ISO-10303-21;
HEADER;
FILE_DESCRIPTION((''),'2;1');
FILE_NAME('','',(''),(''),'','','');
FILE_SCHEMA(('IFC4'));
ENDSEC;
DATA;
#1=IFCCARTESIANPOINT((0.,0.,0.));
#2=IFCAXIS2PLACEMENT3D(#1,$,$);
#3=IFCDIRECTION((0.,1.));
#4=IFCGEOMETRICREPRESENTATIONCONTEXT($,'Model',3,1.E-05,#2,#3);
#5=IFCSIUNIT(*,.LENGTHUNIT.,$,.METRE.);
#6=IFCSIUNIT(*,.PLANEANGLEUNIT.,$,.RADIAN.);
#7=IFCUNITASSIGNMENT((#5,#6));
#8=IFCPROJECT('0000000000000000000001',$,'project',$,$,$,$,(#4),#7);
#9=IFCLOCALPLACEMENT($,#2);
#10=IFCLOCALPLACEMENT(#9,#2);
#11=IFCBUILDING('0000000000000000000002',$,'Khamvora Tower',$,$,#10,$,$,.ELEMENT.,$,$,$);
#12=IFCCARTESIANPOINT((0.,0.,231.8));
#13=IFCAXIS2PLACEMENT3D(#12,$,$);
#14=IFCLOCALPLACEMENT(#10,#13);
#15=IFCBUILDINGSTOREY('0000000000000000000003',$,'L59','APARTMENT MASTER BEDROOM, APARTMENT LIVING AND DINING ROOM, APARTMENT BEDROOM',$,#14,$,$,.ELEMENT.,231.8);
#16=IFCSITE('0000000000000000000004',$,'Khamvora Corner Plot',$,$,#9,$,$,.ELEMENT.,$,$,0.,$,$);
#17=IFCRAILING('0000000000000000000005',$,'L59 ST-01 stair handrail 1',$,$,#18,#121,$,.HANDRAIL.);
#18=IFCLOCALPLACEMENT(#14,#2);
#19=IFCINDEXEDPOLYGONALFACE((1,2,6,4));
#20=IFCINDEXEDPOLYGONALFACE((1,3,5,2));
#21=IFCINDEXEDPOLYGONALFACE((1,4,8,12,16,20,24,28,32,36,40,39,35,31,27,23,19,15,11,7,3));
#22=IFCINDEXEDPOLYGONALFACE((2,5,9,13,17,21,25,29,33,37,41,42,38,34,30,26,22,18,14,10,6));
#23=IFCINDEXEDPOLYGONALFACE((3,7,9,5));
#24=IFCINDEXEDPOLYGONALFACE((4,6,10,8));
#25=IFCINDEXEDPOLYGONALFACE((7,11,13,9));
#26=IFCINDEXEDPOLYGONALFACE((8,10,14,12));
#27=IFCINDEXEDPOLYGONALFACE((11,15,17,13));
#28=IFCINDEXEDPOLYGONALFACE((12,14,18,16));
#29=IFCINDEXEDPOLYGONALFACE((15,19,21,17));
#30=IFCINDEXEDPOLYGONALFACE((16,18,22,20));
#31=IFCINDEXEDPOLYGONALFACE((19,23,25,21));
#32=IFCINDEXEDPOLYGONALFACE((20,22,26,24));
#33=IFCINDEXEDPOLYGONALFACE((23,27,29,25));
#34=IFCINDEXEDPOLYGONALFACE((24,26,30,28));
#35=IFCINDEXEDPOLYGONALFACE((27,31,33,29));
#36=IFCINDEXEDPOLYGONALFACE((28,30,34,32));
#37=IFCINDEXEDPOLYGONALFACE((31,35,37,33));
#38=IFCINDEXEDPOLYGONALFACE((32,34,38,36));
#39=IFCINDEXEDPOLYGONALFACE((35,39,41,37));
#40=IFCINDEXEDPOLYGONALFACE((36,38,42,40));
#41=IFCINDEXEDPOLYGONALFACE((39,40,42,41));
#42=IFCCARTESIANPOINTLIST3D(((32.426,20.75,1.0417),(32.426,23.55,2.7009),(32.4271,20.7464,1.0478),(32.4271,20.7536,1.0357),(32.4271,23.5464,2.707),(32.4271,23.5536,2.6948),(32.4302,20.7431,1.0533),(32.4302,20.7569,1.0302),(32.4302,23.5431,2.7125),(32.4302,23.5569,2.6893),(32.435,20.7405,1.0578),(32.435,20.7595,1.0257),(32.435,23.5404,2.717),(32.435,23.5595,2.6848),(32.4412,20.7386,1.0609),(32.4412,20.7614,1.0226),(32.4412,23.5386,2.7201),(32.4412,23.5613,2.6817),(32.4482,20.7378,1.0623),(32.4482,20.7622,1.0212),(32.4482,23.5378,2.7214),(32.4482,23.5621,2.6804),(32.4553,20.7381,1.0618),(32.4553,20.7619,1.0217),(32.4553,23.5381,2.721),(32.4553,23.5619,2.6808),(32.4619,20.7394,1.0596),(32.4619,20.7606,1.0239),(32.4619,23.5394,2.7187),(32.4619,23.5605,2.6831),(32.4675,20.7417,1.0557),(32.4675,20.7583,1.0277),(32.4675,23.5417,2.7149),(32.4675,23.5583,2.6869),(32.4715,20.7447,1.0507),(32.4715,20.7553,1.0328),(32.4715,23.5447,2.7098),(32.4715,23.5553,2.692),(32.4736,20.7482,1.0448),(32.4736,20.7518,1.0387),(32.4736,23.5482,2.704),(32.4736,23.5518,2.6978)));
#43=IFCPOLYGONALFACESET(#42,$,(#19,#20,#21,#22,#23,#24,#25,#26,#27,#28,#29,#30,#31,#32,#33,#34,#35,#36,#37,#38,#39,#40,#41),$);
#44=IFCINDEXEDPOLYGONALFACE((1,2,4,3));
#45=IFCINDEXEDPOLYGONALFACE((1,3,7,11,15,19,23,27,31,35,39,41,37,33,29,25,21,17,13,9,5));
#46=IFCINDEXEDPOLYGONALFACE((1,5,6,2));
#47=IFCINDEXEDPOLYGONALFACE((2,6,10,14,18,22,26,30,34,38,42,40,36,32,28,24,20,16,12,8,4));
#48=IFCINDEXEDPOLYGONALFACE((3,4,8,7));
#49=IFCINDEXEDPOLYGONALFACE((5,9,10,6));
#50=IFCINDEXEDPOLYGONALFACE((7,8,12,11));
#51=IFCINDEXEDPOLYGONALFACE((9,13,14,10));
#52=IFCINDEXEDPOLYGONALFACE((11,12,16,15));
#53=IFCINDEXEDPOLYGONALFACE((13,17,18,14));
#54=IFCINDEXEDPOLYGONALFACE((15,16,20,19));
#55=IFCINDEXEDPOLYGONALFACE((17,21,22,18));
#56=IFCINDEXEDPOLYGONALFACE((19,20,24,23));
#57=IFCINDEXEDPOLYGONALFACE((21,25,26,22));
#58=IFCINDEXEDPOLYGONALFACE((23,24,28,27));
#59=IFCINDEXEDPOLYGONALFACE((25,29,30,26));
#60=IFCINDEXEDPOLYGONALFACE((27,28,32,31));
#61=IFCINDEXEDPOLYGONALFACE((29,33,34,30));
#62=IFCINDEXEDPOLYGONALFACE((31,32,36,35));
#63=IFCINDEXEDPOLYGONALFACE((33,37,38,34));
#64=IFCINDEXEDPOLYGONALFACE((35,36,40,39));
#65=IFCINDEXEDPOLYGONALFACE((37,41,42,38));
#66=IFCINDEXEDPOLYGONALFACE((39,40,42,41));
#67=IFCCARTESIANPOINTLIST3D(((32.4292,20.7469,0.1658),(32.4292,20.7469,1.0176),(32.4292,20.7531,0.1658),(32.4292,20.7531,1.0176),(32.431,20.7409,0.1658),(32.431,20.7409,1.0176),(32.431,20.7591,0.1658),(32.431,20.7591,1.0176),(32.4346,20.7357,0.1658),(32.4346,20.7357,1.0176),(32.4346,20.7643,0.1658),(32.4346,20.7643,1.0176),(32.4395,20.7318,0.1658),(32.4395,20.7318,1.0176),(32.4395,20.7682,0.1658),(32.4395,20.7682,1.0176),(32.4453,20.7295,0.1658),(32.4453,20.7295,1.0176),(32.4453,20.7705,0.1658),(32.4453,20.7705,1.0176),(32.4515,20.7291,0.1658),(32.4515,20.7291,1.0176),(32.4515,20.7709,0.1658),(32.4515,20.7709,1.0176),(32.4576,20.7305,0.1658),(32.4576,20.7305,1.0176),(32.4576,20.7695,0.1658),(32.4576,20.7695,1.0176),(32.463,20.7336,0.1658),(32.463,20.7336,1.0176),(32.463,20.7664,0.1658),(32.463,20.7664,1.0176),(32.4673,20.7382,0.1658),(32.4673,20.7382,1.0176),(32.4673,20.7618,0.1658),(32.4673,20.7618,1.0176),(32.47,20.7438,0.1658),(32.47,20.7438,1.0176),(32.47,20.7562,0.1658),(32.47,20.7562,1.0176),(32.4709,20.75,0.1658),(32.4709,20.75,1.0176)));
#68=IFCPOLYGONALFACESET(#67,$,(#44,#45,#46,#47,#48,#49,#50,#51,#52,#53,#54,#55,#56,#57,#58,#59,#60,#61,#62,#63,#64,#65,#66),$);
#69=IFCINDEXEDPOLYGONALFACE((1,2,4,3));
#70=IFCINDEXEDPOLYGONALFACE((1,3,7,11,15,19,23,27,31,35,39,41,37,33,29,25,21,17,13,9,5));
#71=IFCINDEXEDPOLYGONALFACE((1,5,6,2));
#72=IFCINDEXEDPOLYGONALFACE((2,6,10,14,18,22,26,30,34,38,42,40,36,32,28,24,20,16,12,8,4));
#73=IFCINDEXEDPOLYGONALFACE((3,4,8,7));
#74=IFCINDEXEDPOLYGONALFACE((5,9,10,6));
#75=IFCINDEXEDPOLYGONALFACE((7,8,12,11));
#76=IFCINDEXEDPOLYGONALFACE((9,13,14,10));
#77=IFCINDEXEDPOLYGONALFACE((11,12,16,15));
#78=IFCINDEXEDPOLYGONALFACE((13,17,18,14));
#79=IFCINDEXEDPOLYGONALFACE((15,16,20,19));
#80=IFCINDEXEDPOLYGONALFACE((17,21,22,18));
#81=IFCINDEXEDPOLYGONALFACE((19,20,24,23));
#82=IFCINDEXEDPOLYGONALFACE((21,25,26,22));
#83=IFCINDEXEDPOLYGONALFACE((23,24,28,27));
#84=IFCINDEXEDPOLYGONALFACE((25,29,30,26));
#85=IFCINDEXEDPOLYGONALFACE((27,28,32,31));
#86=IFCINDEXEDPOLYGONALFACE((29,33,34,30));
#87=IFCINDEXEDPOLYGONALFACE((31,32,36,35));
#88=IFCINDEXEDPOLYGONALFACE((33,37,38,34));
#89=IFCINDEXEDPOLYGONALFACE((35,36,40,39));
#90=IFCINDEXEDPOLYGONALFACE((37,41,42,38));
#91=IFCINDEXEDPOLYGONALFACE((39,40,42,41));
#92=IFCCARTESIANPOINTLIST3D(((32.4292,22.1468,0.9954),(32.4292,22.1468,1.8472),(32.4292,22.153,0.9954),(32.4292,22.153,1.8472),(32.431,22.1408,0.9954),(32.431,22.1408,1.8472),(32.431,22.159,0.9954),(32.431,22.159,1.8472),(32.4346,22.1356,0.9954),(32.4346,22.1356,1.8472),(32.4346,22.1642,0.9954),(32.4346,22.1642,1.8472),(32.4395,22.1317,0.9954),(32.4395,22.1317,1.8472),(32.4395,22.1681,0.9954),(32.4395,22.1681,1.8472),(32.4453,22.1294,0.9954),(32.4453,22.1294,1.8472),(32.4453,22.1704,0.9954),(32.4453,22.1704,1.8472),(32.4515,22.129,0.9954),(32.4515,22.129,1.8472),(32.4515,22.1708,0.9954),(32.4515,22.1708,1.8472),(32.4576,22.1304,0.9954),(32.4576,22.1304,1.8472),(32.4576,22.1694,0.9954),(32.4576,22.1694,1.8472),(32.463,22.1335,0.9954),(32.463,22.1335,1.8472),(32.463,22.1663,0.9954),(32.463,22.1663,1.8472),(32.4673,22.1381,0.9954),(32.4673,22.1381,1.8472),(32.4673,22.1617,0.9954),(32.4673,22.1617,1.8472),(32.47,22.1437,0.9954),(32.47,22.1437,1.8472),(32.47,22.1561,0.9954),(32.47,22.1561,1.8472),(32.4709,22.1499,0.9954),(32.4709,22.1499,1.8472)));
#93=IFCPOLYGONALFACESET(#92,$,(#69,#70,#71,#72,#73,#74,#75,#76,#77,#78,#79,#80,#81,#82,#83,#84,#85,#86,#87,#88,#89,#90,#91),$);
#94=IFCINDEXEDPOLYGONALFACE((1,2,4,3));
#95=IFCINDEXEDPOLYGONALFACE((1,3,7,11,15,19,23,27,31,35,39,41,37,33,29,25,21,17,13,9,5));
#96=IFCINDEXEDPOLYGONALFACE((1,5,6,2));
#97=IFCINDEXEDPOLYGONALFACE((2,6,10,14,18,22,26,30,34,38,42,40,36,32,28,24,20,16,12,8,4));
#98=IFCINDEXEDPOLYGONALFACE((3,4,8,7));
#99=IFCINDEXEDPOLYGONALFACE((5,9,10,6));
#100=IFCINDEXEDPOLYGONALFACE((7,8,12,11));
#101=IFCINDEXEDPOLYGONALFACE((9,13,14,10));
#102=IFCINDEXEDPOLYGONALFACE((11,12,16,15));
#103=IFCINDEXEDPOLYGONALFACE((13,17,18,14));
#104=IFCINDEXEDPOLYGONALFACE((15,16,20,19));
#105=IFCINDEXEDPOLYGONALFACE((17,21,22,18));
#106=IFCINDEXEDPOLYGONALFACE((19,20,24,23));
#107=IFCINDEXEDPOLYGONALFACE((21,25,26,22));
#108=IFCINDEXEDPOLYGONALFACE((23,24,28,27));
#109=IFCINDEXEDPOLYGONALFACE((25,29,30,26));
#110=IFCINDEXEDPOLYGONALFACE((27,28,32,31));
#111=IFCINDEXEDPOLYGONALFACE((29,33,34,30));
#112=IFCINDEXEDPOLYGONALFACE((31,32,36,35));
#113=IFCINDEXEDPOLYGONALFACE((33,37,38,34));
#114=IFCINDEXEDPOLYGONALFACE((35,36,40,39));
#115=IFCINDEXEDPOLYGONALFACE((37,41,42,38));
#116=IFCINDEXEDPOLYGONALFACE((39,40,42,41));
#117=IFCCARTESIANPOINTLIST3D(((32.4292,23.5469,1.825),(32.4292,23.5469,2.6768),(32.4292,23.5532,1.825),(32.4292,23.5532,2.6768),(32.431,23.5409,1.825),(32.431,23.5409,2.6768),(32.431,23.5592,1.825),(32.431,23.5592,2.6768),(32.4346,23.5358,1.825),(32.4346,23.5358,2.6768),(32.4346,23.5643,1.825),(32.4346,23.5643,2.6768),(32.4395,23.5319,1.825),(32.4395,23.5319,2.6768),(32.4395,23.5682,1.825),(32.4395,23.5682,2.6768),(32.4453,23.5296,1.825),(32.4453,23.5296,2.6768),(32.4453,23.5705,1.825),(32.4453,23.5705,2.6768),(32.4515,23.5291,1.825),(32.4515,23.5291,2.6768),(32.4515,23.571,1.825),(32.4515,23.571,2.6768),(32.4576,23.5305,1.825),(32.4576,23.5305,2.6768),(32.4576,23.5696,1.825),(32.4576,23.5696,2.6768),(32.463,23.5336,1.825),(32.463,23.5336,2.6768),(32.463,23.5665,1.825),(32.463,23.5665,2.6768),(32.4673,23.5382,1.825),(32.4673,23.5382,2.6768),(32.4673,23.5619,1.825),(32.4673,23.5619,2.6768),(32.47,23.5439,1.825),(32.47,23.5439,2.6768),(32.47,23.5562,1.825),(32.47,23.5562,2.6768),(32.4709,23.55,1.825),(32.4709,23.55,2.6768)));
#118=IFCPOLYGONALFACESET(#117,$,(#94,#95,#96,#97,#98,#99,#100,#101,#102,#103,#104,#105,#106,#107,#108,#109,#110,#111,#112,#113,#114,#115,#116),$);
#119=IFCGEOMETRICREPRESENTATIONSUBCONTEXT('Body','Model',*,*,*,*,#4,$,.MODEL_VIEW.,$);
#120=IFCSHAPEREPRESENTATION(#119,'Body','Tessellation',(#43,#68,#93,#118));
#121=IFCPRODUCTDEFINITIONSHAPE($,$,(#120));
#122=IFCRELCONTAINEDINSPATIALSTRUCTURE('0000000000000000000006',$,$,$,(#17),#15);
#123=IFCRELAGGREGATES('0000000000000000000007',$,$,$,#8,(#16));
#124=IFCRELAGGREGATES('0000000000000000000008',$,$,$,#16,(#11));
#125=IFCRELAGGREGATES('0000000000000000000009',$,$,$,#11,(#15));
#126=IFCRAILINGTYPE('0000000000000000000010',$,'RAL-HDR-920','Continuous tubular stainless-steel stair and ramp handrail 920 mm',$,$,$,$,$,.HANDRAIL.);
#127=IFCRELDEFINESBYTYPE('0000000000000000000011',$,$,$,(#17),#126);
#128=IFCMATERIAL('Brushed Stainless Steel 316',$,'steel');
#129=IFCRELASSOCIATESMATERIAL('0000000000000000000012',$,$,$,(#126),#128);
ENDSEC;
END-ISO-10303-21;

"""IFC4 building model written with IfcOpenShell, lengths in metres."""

from ifc_helpers import new_model, si_unit, direction, frame, origin, origin_2d, place, context, subcontext, project, spatial, circle, extrude, material, type_object, element, save


model = new_model("IFC4")

# Units and contexts
model_context = context("Model", 3, precision=1e-05, world=origin(), true_north=direction((0.0, 1.0)))
body_context = subcontext(model_context, "Body", "Model", "MODEL_VIEW")
ifc_project = project(units=[si_unit("LENGTHUNIT", "METRE"), si_unit("PLANEANGLEUNIT", "RADIAN")], contexts=[model_context])

# Site, building, storey
site_placement = place(None, origin())
site = spatial("IfcSite", under=ifc_project, at=site_placement, Name="Khamvora Corner Plot", CompositionType="ELEMENT", RefElevation=0.0)
building_placement = place(site_placement, origin())
building = spatial("IfcBuilding", under=site, at=building_placement, Name="Khamvora Tower", CompositionType="ELEMENT")
storey_placement = place(building_placement, frame((0.0, 0.0, 231.8)))
storey = spatial("IfcBuildingStorey", under=building, at=storey_placement, Name="L59", Description="APARTMENT MASTER BEDROOM, APARTMENT LIVING AND DINING ROOM, APARTMENT BEDROOM", CompositionType="ELEMENT", Elevation=231.8)

# Railing
ifc_material_1 = material(Name="Brushed Stainless Steel 316", Category="steel")
railing_type_1 = type_object("IfcRailingType", Name="RAL-HDR-920", Description="Continuous tubular stainless-steel stair and ramp handrail 920 mm", PredefinedType="HANDRAIL", material=ifc_material_1)
railing_1_placement = place(storey_placement, frame((32.45, 20.75, 0.1658)))
element("IfcRailing", 1, at=railing_1_placement, inside=storey, type_object=railing_type_1, Name="L59 ST-01 stair handrail 1", PredefinedType="HANDRAIL", context=body_context, shape_type="SweptSolid", body=[
    extrude(circle(Radius=0.0239, at=origin_2d()), frame((0.0, 0.0, 0.876), z_axis=(0.0, 0.860306, 0.509778), x_axis=(-1.0, 0.0, 0.0)), (0.0, 0.0, 1.0), 3.2546),
    extrude(circle(Radius=0.021, at=origin_2d()), origin(), (0.0, 0.0, 1.0), 0.8518),
    extrude(circle(Radius=0.021, at=origin_2d()), frame((0.0, 1.3999, 0.8296)), (0.0, 0.0, 1.0), 0.8518),
    extrude(circle(Radius=0.021, at=origin_2d()), frame((0.0, 2.8, 1.6592)), (0.0, 0.0, 1.0), 0.8518),
])

save(model, "model.ifc")
